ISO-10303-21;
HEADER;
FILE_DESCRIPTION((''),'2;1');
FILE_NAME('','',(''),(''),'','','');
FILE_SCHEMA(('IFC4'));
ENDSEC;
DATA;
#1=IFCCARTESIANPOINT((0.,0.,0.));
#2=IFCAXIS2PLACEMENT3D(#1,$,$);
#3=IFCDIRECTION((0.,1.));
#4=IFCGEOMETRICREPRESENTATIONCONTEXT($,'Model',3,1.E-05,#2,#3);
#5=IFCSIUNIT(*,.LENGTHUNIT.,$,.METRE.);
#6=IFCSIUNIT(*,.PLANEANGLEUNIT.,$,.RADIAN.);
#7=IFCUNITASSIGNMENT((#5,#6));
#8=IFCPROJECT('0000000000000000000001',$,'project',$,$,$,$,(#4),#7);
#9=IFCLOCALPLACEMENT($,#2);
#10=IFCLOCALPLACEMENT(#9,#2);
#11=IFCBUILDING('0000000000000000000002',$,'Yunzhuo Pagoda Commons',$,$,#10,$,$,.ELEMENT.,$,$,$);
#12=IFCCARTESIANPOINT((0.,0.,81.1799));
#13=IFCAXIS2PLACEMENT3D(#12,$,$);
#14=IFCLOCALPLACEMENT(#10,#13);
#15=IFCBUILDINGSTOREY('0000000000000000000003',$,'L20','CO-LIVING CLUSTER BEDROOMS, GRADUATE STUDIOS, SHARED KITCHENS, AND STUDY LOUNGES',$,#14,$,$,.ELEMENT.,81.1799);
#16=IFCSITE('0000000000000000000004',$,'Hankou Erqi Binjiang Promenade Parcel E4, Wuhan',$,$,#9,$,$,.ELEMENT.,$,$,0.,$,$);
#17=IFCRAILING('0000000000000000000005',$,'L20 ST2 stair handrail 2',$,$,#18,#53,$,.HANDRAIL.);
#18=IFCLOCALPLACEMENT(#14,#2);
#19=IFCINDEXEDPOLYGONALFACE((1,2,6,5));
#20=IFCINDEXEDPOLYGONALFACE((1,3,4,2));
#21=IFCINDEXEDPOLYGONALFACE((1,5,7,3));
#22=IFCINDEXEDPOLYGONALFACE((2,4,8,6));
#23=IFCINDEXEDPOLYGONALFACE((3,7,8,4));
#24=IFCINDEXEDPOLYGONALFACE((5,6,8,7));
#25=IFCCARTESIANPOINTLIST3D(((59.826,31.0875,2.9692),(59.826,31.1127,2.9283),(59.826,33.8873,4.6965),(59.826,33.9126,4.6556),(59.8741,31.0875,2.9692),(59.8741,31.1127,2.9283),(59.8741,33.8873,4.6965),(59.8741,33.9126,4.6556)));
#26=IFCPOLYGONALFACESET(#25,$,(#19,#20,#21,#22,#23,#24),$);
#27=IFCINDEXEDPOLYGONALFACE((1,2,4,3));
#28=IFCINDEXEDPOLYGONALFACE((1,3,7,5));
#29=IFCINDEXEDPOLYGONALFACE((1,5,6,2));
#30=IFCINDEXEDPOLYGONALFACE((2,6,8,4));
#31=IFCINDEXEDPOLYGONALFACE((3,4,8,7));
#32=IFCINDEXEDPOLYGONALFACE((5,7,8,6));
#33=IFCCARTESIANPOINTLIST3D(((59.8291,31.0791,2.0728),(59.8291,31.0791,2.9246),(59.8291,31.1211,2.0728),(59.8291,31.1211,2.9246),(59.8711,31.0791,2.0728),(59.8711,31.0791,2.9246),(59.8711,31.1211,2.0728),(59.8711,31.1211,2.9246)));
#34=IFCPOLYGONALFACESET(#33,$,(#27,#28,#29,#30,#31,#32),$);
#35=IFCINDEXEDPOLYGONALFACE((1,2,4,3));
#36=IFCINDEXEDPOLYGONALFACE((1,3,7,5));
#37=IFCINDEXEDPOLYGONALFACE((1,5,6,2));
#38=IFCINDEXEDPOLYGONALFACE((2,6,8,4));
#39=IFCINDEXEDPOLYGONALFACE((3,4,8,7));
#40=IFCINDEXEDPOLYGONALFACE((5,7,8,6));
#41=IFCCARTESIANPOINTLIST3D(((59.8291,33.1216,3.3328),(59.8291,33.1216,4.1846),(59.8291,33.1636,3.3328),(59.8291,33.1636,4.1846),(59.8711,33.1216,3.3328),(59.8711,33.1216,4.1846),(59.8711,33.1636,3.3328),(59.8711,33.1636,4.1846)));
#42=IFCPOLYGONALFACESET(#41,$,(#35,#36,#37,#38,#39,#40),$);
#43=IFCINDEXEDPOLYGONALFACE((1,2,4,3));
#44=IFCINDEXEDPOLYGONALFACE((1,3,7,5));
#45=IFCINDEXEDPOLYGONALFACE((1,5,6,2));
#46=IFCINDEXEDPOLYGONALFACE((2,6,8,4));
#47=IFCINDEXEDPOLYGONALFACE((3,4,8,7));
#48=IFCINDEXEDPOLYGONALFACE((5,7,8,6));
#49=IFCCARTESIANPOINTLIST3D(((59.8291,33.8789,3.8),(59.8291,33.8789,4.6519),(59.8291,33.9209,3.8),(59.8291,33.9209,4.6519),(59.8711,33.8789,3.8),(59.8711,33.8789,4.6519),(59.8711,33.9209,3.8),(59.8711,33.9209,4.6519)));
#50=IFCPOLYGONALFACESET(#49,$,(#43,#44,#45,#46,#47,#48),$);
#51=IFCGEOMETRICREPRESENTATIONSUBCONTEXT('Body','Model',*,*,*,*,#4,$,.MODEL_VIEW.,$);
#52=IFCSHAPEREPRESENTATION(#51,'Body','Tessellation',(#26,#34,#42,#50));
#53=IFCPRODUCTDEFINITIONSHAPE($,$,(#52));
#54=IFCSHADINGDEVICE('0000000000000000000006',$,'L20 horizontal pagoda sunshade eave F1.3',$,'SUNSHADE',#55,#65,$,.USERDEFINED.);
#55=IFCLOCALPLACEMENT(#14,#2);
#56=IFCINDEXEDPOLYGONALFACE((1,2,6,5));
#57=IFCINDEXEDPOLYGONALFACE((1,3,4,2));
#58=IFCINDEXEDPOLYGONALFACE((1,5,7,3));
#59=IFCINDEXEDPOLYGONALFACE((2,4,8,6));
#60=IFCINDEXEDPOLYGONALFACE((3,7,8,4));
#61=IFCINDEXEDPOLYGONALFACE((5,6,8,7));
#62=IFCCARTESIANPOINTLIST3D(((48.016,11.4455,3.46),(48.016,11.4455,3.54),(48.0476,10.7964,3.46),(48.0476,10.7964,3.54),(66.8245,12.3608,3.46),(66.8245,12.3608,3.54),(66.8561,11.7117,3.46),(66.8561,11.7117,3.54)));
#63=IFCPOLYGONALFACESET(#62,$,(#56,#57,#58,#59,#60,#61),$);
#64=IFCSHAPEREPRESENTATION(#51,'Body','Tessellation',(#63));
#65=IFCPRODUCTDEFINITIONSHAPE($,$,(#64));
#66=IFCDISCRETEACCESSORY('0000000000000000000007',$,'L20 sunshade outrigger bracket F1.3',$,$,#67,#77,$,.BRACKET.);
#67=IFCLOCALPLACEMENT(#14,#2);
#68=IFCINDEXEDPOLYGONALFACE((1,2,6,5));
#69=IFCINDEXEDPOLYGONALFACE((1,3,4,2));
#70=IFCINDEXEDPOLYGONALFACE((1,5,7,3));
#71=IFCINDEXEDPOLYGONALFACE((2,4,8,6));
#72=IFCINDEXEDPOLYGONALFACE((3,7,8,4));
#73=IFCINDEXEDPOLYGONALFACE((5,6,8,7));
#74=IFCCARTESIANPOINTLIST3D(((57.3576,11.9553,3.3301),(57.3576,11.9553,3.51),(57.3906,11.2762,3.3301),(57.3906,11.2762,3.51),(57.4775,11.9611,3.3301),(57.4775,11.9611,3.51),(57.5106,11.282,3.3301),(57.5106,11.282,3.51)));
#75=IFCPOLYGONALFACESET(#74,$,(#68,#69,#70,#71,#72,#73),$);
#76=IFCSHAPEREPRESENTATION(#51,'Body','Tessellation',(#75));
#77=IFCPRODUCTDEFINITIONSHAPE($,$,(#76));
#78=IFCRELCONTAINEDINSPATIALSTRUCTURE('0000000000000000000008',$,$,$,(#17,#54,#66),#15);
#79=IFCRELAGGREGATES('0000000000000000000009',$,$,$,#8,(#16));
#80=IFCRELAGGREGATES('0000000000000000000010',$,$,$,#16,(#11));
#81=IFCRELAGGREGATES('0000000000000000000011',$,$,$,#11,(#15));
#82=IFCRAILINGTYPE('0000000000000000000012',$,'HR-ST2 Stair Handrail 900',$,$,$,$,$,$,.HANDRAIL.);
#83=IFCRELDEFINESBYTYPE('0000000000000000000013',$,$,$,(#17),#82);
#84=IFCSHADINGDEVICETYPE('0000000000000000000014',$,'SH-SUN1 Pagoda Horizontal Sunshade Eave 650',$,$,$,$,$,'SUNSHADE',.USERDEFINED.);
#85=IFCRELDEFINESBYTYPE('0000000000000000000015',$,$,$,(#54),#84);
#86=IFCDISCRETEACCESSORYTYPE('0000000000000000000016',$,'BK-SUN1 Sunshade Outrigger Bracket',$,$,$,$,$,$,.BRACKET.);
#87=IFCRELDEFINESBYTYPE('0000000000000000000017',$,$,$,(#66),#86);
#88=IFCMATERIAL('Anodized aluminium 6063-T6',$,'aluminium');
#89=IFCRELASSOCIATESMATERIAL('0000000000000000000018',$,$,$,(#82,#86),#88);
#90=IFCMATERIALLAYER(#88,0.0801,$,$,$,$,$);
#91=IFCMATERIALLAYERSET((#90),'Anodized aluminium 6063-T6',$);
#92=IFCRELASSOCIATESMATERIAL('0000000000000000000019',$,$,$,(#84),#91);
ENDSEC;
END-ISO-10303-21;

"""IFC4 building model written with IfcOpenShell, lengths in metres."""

from ifc_helpers import new_model, si_unit, direction, frame, origin, origin_2d, place, context, subcontext, project, spatial, rectangle, extrude, source, transform, mapped, material, layer, layer_set, type_object, element, save


model = new_model("IFC4")

# Units and contexts
model_context = context("Model", 3, precision=1e-05, world=origin(), true_north=direction((0.0, 1.0)))
body_context = subcontext(model_context, "Body", "Model", "MODEL_VIEW")
ifc_project = project(units=[si_unit("LENGTHUNIT", "METRE"), si_unit("PLANEANGLEUNIT", "RADIAN")], contexts=[model_context])

# Site, building, storey
site_placement = place(None, origin())
site = spatial("IfcSite", under=ifc_project, at=site_placement, Name="Hankou Erqi Binjiang Promenade Parcel E4, Wuhan", CompositionType="ELEMENT", RefElevation=0.0)
building_placement = place(site_placement, origin())
building = spatial("IfcBuilding", under=site, at=building_placement, Name="Yunzhuo Pagoda Commons", CompositionType="ELEMENT")
storey_placement = place(building_placement, frame((0.0, 0.0, 81.1799)))
storey = spatial("IfcBuildingStorey", under=building, at=storey_placement, Name="L20", Description="CO-LIVING CLUSTER BEDROOMS, GRADUATE STUDIOS, SHARED KITCHENS, AND STUDY LOUNGES", CompositionType="ELEMENT", Elevation=81.1799)

# Shared definitions
ifc_material_1 = material(Name="Anodized aluminium 6063-T6", Category="aluminium")

# Railing
railing_type_1 = type_object("IfcRailingType", Name="HR-ST2 Stair Handrail 900", PredefinedType="HANDRAIL", material=ifc_material_1)
railing_1_placement = place(storey_placement, frame((59.8501, 31.1001, 2.0728)))
element("IfcRailing", 1, at=railing_1_placement, inside=storey, type_object=railing_type_1, Name="L20 ST2 stair handrail 2", PredefinedType="HANDRAIL", context=body_context, shape_type="SweptSolid", body=[
    extrude(rectangle(XDim=0.0481, YDim=0.0481, at=origin_2d()), frame((0.0, 0.0, 0.876), z_axis=(0.0, 0.851069, 0.525054), x_axis=(-1.0, 0.0, 0.0)), (0.0, 0.0, 1.0), 3.2898),
    extrude(rectangle(XDim=0.042, YDim=0.042, at=origin_2d()), origin(), (0.0, 0.0, 1.0), 0.8518),
    extrude(rectangle(XDim=0.042, YDim=0.042, at=origin_2d()), frame((0.0, 2.0425, 1.26)), (0.0, 0.0, 1.0), 0.8518),
    extrude(rectangle(XDim=0.042, YDim=0.042, at=origin_2d()), frame((0.0, 2.7998, 1.7273)), (0.0, 0.0, 1.0), 0.8518),
])

# Shading device
ifc_layer_1 = layer(ifc_material_1, 0.0801)
ifc_layer_set_1 = layer_set([ifc_layer_1], Name="Anodized aluminium 6063-T6")
shading_device_type = type_object("IfcShadingDeviceType", Name="SH-SUN1 Pagoda Horizontal Sunshade Eave 650", ElementType="SUNSHADE", PredefinedType="USERDEFINED", material=ifc_layer_set_1)
shared_shape_1 = source(origin(), body_context, "Body", "SweptSolid", [
    extrude(rectangle(XDim=18.8308, YDim=0.6499, at=origin_2d()), origin(), (0.0, 0.0, 1.0), 0.0801),
])
shading_device_placement = place(storey_placement, frame((57.436, 11.5786, 3.46), z_axis=(0.0, 0.0, 1.0), x_axis=(0.998818, 0.048606, 0.0)))
element("IfcShadingDevice", 2, at=shading_device_placement, inside=storey, type_object=shading_device_type, Name="L20 horizontal pagoda sunshade eave F1.3", ObjectType="SUNSHADE", PredefinedType="USERDEFINED", context=body_context, shape_type="MappedRepresentation", body=[
    mapped(shared_shape_1, transform((0.0, 0.0, 0.0), scale=1.0)),
])

# Discrete accessory
discrete_accessory_type = type_object("IfcDiscreteAccessoryType", Name="BK-SUN1 Sunshade Outrigger Bracket", PredefinedType="BRACKET", material=ifc_material_1)
shared_shape_2 = source(origin(), body_context, "Body", "SweptSolid", [
    extrude(rectangle(XDim=0.1201, YDim=0.6799, at=origin_2d()), origin(), (0.0, 0.0, 1.0), 0.1799),
])
discrete_accessory_placement = place(storey_placement, frame((57.4341, 11.6187, 3.3301), z_axis=(0.0, 0.0, 1.0), x_axis=(0.998818, 0.048606, 0.0)))
element("IfcDiscreteAccessory", 3, at=discrete_accessory_placement, inside=storey, type_object=discrete_accessory_type, Name="L20 sunshade outrigger bracket F1.3", PredefinedType="BRACKET", context=body_context, shape_type="MappedRepresentation", body=[
    mapped(shared_shape_2, transform((0.0, 0.0, 0.0), scale=1.0)),
])

save(model, "model.ifc")
